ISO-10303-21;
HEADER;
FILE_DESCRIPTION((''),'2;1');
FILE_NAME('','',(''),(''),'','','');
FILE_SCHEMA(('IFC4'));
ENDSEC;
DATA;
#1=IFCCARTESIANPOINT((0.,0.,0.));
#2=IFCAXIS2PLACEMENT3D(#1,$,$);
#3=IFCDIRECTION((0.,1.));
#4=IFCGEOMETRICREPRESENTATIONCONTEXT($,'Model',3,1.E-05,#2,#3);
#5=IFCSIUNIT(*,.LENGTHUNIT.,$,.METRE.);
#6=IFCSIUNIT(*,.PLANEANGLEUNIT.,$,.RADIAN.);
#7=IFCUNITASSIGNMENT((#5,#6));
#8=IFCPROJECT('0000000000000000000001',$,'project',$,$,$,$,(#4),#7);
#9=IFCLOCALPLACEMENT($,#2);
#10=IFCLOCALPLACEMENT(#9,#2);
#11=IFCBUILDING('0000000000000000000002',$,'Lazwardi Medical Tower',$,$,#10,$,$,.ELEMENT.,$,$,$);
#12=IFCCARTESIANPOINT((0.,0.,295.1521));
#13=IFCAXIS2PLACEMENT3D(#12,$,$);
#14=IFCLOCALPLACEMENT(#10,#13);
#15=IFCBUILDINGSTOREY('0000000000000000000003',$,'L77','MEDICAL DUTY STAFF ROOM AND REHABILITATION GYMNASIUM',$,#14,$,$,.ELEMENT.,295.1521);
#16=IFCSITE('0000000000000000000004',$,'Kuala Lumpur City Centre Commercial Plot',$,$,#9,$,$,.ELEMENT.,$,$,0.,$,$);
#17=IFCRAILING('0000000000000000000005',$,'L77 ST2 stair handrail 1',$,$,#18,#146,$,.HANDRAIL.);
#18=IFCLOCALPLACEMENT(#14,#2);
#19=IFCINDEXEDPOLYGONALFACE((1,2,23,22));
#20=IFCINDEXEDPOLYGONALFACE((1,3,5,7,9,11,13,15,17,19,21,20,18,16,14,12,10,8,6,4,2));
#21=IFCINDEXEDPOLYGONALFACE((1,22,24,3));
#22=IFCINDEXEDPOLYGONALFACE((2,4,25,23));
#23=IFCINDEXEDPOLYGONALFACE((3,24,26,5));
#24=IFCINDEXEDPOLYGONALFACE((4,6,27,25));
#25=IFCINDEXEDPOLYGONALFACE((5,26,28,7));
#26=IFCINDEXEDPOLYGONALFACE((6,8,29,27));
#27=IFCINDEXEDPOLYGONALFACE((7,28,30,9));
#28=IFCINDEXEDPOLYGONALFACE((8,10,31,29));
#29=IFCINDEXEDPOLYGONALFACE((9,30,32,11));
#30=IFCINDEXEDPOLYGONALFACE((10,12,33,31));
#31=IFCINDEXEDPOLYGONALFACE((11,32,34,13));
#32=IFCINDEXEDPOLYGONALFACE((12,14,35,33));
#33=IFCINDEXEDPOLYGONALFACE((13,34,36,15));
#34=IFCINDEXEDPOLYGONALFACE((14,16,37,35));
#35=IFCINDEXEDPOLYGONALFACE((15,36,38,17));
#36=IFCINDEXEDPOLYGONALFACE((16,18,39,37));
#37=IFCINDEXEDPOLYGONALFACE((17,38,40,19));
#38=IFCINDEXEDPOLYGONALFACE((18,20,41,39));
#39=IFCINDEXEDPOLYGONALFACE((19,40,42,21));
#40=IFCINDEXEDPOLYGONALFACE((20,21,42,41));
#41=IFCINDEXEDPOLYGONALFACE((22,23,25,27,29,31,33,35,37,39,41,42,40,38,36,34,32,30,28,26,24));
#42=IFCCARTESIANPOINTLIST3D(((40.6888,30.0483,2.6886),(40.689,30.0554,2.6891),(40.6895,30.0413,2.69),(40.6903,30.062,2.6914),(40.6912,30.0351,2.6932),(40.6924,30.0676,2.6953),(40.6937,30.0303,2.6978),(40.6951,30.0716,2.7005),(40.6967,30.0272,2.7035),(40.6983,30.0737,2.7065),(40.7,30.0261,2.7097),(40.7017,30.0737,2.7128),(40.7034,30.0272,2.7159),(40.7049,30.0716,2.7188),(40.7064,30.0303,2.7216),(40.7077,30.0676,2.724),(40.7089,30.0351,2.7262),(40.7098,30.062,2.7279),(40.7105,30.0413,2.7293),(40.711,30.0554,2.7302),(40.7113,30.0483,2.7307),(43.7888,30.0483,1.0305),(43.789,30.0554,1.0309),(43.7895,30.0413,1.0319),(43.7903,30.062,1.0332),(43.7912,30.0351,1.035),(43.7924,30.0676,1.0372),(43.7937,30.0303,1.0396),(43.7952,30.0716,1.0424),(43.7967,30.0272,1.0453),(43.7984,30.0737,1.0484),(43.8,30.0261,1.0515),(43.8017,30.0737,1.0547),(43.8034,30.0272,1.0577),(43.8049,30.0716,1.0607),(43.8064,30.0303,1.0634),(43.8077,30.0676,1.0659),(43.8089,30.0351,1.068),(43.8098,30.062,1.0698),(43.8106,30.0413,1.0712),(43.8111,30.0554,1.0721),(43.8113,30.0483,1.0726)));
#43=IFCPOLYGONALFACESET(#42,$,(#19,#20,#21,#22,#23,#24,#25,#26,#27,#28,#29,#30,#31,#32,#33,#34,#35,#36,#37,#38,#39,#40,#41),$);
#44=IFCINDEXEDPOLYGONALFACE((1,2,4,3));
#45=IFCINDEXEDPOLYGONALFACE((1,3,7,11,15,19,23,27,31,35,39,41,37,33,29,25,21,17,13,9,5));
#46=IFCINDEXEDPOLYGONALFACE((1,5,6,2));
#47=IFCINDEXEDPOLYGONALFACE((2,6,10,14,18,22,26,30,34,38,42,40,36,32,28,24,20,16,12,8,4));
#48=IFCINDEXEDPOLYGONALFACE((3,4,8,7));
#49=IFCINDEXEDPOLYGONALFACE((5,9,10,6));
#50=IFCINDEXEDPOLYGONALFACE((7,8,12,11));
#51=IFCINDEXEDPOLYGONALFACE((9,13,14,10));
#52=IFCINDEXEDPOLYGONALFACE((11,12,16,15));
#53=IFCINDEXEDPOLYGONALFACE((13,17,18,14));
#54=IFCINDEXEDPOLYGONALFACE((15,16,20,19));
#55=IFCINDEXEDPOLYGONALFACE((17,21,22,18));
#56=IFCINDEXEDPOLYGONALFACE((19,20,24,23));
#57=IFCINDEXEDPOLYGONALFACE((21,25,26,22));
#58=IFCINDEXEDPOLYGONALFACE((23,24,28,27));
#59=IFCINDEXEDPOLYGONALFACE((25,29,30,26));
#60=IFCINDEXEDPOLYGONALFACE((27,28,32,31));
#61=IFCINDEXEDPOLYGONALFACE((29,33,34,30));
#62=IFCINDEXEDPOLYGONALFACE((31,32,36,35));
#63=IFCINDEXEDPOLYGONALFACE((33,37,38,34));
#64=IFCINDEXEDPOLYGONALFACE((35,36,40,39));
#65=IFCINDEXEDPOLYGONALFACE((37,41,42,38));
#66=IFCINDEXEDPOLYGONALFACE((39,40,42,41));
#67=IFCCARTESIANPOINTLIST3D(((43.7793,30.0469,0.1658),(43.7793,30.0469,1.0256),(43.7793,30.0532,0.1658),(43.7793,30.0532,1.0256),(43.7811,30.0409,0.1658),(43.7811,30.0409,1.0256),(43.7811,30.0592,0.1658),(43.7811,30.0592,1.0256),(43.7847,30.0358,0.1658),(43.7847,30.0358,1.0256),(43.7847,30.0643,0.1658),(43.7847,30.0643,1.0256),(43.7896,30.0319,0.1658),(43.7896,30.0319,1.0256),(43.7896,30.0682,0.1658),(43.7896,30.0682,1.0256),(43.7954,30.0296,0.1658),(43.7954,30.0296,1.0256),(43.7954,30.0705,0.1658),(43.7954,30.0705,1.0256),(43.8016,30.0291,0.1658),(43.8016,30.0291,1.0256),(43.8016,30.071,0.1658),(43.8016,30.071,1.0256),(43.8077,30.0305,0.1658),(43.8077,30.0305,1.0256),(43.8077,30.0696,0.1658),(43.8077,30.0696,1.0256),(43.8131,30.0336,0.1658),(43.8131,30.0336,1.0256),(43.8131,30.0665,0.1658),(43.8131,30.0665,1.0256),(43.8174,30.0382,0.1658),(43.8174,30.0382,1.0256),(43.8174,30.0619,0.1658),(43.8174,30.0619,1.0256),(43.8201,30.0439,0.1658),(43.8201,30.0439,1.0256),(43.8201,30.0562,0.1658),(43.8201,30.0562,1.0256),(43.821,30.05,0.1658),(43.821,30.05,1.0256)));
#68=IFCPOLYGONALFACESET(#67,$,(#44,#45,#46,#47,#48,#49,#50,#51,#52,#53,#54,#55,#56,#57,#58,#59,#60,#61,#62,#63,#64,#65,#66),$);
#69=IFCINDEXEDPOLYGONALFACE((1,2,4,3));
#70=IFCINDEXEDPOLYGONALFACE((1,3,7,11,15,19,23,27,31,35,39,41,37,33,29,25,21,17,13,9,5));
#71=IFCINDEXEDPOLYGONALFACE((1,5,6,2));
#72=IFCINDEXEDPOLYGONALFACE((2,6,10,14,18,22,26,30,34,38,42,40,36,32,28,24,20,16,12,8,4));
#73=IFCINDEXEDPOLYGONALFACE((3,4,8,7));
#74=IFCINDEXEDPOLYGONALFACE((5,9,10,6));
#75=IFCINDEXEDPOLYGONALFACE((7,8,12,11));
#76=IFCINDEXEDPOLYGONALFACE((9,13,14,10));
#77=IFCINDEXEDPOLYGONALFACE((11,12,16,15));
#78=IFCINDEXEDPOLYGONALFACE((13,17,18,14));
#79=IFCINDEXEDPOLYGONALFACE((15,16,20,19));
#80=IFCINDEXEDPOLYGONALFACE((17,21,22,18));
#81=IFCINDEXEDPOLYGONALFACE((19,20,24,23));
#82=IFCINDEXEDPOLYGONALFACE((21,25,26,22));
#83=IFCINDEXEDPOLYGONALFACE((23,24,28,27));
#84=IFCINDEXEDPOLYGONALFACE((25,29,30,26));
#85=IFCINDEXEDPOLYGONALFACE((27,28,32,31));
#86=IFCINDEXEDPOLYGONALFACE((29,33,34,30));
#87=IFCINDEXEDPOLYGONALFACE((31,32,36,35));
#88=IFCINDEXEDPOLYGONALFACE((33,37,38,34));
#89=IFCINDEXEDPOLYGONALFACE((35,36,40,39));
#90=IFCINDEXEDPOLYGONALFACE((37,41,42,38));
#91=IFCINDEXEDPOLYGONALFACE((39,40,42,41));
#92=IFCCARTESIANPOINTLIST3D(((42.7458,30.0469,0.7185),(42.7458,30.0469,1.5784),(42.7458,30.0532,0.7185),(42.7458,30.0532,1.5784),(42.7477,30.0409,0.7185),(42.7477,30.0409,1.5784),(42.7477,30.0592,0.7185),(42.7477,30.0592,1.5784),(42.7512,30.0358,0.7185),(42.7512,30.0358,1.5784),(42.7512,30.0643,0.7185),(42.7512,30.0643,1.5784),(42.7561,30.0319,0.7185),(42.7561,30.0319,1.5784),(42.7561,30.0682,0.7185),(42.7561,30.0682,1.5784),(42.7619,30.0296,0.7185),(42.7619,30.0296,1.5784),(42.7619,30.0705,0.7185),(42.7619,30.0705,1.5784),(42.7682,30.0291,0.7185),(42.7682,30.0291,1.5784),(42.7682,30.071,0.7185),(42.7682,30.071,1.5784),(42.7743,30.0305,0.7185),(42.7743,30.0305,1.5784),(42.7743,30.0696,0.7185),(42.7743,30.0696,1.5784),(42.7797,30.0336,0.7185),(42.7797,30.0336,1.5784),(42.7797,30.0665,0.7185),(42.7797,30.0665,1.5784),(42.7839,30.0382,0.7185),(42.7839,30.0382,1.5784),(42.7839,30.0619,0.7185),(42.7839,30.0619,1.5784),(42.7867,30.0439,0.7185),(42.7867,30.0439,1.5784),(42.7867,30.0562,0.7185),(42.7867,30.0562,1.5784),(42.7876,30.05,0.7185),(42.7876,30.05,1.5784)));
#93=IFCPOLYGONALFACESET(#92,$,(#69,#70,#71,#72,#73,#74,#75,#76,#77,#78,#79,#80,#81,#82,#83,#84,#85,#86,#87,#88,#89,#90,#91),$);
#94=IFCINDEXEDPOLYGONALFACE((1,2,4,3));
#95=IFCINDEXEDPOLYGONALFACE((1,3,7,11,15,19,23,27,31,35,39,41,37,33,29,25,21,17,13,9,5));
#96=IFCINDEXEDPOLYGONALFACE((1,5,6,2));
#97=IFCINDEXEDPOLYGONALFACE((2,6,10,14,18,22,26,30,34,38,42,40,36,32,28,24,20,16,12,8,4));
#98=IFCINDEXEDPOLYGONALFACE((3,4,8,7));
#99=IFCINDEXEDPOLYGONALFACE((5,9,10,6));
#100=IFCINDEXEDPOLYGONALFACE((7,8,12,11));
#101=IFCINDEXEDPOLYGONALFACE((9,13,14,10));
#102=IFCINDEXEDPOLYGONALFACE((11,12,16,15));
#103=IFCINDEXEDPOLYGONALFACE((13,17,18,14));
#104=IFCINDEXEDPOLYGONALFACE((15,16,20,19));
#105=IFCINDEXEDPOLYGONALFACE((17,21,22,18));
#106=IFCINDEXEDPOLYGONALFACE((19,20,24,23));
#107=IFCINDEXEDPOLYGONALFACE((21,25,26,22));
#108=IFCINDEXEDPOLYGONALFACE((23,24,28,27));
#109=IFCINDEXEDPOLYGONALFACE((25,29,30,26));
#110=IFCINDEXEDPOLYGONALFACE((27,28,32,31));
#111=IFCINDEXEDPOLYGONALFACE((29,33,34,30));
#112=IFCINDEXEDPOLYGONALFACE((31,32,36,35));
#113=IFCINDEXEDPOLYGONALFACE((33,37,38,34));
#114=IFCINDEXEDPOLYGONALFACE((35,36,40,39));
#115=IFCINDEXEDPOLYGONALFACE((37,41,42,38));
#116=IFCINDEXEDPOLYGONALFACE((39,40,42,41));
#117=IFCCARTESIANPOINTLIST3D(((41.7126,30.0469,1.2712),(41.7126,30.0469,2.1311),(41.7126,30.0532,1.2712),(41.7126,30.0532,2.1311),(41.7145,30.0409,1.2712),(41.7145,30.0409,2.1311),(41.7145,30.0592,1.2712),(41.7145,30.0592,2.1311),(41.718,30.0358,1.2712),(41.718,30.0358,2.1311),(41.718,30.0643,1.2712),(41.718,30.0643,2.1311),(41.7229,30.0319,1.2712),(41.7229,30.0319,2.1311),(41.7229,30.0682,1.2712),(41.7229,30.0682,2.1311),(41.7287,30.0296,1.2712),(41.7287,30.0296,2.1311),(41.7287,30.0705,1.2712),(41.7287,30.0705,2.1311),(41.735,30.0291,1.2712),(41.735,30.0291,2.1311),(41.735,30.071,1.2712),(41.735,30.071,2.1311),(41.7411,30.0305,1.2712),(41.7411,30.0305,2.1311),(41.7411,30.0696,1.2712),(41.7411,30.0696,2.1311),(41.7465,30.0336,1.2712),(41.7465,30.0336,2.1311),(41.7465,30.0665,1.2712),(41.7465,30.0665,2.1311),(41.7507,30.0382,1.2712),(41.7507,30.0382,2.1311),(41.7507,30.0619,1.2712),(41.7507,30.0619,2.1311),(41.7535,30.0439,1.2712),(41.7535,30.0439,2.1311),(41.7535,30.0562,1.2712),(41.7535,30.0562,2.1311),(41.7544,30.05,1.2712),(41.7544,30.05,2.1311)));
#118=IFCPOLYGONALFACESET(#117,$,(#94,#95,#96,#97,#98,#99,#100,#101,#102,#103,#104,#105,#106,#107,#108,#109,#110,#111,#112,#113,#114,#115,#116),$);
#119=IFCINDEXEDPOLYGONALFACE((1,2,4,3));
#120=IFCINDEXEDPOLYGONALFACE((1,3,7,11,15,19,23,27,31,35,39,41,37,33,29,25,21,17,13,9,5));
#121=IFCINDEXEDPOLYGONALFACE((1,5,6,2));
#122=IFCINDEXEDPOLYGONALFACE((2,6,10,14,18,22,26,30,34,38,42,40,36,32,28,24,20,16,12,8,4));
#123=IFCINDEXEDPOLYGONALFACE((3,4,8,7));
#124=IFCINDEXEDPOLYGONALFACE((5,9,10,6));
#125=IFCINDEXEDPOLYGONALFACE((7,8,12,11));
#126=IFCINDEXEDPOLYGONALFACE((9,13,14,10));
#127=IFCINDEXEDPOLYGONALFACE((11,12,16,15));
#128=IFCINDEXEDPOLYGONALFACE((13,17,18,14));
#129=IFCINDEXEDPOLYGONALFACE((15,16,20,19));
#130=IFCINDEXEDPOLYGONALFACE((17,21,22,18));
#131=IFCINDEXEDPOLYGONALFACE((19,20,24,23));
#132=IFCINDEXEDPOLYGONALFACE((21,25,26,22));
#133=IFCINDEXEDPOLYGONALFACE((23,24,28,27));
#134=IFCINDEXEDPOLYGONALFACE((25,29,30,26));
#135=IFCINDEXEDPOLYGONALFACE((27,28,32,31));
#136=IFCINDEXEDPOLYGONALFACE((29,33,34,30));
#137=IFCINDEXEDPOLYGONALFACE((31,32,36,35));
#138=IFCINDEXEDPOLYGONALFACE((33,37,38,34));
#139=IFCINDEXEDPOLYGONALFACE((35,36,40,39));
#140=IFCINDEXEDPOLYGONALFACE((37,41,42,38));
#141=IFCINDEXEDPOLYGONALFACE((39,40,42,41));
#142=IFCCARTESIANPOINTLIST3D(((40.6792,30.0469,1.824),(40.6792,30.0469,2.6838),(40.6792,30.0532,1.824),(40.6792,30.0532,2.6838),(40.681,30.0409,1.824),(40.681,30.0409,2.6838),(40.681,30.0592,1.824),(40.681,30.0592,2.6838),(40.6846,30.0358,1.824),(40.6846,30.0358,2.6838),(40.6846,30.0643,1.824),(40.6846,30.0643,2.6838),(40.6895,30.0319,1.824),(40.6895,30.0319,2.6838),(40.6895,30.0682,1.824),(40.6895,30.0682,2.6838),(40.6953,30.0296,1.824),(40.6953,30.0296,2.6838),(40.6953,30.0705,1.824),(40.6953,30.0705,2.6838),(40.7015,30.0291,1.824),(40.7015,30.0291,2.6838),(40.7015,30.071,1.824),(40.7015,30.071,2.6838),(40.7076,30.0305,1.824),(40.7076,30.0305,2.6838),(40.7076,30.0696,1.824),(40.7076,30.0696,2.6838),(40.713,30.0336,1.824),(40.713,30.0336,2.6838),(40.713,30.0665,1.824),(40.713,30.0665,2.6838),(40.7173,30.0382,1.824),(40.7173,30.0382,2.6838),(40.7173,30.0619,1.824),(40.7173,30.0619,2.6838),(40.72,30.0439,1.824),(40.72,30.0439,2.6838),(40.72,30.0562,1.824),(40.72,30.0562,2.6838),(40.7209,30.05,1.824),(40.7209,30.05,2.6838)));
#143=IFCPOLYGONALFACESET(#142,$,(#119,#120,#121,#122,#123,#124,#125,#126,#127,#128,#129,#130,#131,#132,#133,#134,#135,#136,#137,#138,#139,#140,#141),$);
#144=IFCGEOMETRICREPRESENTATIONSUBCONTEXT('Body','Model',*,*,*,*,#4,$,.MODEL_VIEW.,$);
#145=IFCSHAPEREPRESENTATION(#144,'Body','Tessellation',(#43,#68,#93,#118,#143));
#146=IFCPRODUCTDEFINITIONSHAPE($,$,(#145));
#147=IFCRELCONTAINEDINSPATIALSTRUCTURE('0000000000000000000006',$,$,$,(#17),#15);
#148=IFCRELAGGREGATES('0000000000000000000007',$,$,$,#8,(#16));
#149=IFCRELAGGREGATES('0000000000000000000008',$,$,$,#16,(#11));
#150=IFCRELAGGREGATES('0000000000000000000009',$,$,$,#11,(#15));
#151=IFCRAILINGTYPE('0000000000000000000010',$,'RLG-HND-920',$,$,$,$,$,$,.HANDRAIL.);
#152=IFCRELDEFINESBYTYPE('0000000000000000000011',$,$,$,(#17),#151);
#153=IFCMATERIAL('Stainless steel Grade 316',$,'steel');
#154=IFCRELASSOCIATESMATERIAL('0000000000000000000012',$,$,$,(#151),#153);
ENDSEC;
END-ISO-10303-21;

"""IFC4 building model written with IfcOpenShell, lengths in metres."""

from ifc_helpers import new_model, si_unit, direction, frame, origin, origin_2d, place, context, subcontext, project, spatial, circle, extrude, material, type_object, element, save


model = new_model("IFC4")

# Units and contexts
model_context = context("Model", 3, precision=1e-05, world=origin(), true_north=direction((0.0, 1.0)))
body_context = subcontext(model_context, "Body", "Model", "MODEL_VIEW")
ifc_project = project(units=[si_unit("LENGTHUNIT", "METRE"), si_unit("PLANEANGLEUNIT", "RADIAN")], contexts=[model_context])

# Site, building, storey
site_placement = place(None, origin())
site = spatial("IfcSite", under=ifc_project, at=site_placement, Name="Kuala Lumpur City Centre Commercial Plot", CompositionType="ELEMENT", RefElevation=0.0)
building_placement = place(site_placement, origin())
building = spatial("IfcBuilding", under=site, at=building_placement, Name="Lazwardi Medical Tower", CompositionType="ELEMENT")
storey_placement = place(building_placement, frame((0.0, 0.0, 295.1521)))
storey = spatial("IfcBuildingStorey", under=building, at=storey_placement, Name="L77", Description="MEDICAL DUTY STAFF ROOM AND REHABILITATION GYMNASIUM", CompositionType="ELEMENT", Elevation=295.1521)

# Railing
ifc_material_1 = material(Name="Stainless steel Grade 316", Category="steel")
railing_type_1 = type_object("IfcRailingType", Name="RLG-HND-920", PredefinedType="HANDRAIL", material=ifc_material_1)
railing_1_placement = place(storey_placement, frame((43.8, 30.05, 0.1658)))
element("IfcRailing", 1, at=railing_1_placement, inside=storey, type_object=railing_type_1, Name="L77 ST2 stair handrail 1", PredefinedType="HANDRAIL", context=body_context, shape_type="SweptSolid", body=[
    extrude(circle(Radius=0.0239, at=origin_2d()), frame((0.0, 0.0, 0.8857), z_axis=(-0.881783, 0.0, 0.471655), x_axis=(0.0, -1.0, 0.0)), (0.0, 0.0, 1.0), 3.5156),
    extrude(circle(Radius=0.021, at=origin_2d()), origin(), (0.0, 0.0, 1.0), 0.8599),
    extrude(circle(Radius=0.021, at=origin_2d()), frame((-1.0334, 0.0, 0.5527)), (0.0, 0.0, 1.0), 0.8599),
    extrude(circle(Radius=0.021, at=origin_2d()), frame((-2.0667, 0.0, 1.1055)), (0.0, 0.0, 1.0), 0.8599),
    extrude(circle(Radius=0.021, at=origin_2d()), frame((-3.1001, 0.0, 1.6582)), (0.0, 0.0, 1.0), 0.8599),
])

save(model, "model.ifc")
